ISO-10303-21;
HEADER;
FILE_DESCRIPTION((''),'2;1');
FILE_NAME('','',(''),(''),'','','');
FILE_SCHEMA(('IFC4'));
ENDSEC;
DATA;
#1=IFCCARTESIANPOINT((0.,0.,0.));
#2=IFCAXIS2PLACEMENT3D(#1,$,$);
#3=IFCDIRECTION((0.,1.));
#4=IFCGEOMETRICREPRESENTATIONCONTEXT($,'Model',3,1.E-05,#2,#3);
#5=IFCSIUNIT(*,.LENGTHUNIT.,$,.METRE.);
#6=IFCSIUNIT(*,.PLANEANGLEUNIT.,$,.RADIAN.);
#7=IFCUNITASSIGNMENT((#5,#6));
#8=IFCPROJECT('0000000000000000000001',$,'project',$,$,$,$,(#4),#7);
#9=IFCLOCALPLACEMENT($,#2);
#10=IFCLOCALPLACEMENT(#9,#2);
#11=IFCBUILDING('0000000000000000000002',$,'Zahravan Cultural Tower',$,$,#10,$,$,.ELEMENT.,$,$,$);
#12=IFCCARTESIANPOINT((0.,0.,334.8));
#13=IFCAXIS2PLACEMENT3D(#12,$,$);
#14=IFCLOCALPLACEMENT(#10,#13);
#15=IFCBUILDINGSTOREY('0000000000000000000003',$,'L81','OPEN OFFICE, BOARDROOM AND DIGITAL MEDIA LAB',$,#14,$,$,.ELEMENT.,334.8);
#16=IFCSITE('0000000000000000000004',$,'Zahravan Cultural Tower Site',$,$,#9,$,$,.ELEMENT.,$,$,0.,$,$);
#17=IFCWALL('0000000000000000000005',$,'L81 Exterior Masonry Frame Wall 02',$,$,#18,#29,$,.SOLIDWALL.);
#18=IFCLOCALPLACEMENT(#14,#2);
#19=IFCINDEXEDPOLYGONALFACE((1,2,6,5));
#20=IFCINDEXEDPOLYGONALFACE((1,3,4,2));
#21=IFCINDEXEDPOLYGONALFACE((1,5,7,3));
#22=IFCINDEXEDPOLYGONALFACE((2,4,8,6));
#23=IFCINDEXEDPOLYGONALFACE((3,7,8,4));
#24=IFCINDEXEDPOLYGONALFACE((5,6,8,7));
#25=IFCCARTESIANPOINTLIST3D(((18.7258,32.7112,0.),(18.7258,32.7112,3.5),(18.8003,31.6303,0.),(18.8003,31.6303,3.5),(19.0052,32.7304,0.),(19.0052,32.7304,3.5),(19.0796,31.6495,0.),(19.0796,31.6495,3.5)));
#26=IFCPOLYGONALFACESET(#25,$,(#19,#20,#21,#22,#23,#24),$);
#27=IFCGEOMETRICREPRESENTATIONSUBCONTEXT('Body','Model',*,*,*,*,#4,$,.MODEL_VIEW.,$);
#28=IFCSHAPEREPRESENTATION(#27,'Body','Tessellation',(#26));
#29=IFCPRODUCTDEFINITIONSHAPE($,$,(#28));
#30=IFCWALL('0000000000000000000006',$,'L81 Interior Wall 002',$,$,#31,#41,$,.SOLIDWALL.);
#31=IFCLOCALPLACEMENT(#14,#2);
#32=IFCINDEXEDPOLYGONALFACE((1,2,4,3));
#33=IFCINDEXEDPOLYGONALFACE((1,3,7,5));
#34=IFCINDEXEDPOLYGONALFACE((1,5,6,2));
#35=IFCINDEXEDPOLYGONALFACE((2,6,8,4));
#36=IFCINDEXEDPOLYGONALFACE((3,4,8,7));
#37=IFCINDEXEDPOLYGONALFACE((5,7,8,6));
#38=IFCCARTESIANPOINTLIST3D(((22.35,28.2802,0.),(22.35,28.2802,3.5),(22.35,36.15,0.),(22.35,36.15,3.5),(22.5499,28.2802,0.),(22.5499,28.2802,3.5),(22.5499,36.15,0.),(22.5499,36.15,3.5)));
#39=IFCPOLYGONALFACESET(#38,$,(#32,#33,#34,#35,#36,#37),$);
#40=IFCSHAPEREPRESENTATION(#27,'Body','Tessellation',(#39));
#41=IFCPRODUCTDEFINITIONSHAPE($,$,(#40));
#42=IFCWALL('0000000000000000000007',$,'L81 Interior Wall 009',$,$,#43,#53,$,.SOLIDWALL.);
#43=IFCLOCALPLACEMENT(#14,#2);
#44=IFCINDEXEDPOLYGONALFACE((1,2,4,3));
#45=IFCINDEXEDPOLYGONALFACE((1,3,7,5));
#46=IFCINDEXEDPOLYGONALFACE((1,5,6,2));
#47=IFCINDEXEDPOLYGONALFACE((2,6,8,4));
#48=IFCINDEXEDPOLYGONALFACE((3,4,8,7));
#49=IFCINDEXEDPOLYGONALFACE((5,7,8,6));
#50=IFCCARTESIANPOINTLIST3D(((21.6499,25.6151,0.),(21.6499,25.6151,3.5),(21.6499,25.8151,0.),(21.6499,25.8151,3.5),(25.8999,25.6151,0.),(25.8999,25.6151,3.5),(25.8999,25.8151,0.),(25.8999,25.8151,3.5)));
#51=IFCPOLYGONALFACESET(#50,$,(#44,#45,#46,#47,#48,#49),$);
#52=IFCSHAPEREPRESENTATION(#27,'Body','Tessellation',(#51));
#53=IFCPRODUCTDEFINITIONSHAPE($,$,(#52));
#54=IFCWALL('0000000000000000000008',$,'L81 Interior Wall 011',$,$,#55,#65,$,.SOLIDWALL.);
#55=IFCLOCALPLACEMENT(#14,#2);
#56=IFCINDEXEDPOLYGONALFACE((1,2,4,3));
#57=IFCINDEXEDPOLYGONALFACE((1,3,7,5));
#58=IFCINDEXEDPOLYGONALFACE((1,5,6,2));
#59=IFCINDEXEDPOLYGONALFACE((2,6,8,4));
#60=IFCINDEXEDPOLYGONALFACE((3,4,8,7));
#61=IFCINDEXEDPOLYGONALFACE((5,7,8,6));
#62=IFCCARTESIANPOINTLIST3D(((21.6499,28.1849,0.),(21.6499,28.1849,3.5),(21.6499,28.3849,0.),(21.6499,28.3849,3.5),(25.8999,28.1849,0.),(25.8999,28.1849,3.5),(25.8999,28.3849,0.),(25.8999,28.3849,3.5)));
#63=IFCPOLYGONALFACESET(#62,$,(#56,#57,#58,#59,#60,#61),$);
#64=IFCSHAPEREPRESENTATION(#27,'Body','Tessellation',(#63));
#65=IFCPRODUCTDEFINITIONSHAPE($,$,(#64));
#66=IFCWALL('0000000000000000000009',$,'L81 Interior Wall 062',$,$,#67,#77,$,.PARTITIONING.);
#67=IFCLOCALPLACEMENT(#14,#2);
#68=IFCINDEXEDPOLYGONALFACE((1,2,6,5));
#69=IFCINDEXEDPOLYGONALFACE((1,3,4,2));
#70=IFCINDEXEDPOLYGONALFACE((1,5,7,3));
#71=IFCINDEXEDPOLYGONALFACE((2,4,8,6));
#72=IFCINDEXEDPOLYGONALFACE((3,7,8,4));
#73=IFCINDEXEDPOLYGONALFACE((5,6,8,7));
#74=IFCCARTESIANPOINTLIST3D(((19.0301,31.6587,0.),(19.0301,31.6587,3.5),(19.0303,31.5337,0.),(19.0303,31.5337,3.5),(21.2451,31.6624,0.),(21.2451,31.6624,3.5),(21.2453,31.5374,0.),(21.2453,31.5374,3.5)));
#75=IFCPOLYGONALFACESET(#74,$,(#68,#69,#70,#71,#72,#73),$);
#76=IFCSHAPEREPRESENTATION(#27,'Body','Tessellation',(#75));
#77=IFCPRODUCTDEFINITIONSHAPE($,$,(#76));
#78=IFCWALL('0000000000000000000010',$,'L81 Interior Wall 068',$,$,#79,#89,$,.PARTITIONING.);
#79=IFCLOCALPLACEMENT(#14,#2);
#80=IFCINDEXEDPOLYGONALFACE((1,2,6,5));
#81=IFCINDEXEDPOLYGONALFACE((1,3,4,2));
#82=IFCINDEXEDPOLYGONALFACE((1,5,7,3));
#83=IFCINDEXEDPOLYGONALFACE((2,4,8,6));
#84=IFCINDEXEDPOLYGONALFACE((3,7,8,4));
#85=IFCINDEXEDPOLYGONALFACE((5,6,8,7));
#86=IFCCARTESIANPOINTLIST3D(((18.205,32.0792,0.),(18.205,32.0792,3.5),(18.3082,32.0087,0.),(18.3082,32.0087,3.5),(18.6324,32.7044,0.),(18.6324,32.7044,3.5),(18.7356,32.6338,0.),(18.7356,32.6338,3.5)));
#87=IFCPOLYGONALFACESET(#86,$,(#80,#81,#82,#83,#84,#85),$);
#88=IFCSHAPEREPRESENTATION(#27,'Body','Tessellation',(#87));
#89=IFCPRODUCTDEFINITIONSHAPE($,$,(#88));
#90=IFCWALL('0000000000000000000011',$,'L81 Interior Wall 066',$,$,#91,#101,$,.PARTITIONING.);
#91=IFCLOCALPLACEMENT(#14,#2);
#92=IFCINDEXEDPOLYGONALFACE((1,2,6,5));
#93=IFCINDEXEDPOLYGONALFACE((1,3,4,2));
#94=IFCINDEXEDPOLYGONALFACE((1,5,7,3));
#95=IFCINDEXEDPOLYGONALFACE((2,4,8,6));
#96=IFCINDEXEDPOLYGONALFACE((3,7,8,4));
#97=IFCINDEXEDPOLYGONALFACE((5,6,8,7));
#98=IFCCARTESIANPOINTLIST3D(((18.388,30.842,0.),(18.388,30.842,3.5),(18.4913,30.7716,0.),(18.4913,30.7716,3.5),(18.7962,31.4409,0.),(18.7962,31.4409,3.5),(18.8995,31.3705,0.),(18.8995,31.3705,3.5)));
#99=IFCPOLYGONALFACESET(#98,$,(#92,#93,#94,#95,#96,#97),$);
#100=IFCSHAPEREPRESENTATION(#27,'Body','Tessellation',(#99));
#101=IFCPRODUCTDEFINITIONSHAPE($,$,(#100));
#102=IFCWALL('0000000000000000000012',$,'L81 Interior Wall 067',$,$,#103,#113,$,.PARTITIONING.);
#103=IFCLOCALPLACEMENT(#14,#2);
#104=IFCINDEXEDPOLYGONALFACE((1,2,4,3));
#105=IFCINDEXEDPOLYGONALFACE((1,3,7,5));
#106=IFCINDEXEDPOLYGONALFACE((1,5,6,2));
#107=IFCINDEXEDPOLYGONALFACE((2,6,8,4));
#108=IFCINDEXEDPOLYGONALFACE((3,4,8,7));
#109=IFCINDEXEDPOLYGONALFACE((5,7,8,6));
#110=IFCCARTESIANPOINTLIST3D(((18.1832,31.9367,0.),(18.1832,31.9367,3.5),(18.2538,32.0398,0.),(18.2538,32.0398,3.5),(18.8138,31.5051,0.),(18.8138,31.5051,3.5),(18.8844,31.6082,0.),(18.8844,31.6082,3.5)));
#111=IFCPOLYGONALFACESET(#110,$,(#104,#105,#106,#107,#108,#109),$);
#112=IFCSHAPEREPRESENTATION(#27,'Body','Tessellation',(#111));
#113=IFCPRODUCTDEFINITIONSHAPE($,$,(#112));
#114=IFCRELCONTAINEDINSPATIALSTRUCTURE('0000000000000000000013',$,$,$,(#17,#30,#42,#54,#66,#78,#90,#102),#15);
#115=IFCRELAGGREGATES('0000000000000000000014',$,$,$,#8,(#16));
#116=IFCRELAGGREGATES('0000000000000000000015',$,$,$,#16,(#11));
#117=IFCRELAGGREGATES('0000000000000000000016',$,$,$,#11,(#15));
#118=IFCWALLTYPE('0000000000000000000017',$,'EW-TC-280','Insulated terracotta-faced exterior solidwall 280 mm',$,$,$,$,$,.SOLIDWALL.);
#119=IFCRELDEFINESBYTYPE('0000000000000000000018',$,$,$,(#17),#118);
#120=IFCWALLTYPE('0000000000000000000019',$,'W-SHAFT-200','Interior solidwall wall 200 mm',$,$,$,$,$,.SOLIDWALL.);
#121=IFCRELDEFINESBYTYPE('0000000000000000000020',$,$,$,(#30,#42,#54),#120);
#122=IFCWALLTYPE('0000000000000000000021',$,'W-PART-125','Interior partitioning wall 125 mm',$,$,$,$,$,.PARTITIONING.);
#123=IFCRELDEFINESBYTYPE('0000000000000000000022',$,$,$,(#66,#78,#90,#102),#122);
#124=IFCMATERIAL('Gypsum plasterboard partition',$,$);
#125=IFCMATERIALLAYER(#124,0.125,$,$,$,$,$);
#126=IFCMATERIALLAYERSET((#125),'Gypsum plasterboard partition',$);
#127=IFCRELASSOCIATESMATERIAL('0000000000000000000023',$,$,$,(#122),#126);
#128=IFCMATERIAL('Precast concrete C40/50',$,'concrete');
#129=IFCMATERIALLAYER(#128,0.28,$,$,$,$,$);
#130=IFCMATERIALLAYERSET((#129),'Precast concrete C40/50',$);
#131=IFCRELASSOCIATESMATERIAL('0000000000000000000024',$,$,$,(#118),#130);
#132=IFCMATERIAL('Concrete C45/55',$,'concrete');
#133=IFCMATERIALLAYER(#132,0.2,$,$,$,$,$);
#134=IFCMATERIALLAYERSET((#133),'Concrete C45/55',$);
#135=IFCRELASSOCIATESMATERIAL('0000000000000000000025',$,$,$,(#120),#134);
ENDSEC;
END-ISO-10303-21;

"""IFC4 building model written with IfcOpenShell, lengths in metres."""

from ifc_helpers import new_model, si_unit, direction, frame, frame_2d, origin, place, context, subcontext, project, spatial, rectangle, extrude, source, transform, mapped, material, layer, layer_set, type_object, element, save


model = new_model("IFC4")

# Units and contexts
model_context = context("Model", 3, precision=1e-05, world=origin(), true_north=direction((0.0, 1.0)))
body_context = subcontext(model_context, "Body", "Model", "MODEL_VIEW")
ifc_project = project(units=[si_unit("LENGTHUNIT", "METRE"), si_unit("PLANEANGLEUNIT", "RADIAN")], contexts=[model_context])

# Site, building, storey
site_placement = place(None, origin())
site = spatial("IfcSite", under=ifc_project, at=site_placement, Name="Zahravan Cultural Tower Site", CompositionType="ELEMENT", RefElevation=0.0)
building_placement = place(site_placement, origin())
building = spatial("IfcBuilding", under=site, at=building_placement, Name="Zahravan Cultural Tower", CompositionType="ELEMENT")
storey_placement = place(building_placement, frame((0.0, 0.0, 334.8)))
storey = spatial("IfcBuildingStorey", under=building, at=storey_placement, Name="L81", Description="OPEN OFFICE, BOARDROOM AND DIGITAL MEDIA LAB", CompositionType="ELEMENT", Elevation=334.8)

# Shared definitions
ifc_material_1 = material(Name="Gypsum plasterboard partition")
ifc_layer_1 = layer(ifc_material_1, 0.125)
ifc_layer_set_1 = layer_set([ifc_layer_1], Name="Gypsum plasterboard partition")
wall_type_1 = type_object("IfcWallType", Name="W-PART-125", Description="Interior partitioning wall 125 mm", PredefinedType="PARTITIONING", material=ifc_layer_set_1)

# Walls
ifc_material_2 = material(Name="Precast concrete C40/50", Category="concrete")
ifc_layer_2 = layer(ifc_material_2, 0.28)
ifc_layer_set_2 = layer_set([ifc_layer_2], Name="Precast concrete C40/50")
wall_type_2 = type_object("IfcWallType", Name="EW-TC-280", Description="Insulated terracotta-faced exterior solidwall 280 mm", PredefinedType="SOLIDWALL", material=ifc_layer_set_2)
shared_shape_1 = source(origin(), body_context, "Body", "SweptSolid", [
    extrude(rectangle(XDim=1.0835, YDim=0.28, at=frame_2d((0.5417, 0.0))), origin(), (0.0, 0.0, 1.0), 3.5),
])
wall_1_placement = place(storey_placement, frame((18.9399, 31.6399, 0.0), z_axis=(0.0, 0.0, 1.0), x_axis=(-0.068717, 0.997636, 0.0)))
element("IfcWall", 1, at=wall_1_placement, inside=storey, type_object=wall_type_2, Name="L81 Exterior Masonry Frame Wall 02", PredefinedType="SOLIDWALL", context=body_context, shape_type="MappedRepresentation", body=[
    mapped(shared_shape_1, transform((0.0, 0.0, 0.0), x_axis=(1.0, 0.0, 0.0), y_axis=(0.0, 1.0, 0.0), z_axis=(0.0, 0.0, 1.0), scale=1.0)),
])
ifc_material_3 = material(Name="Concrete C45/55", Category="concrete")
ifc_layer_3 = layer(ifc_material_3, 0.2)
ifc_layer_set_3 = layer_set([ifc_layer_3], Name="Concrete C45/55")
wall_type_3 = type_object("IfcWallType", Name="W-SHAFT-200", Description="Interior solidwall wall 200 mm", PredefinedType="SOLIDWALL", material=ifc_layer_set_3)
shared_shape_2 = source(origin(), body_context, "Body", "SweptSolid", [
    extrude(rectangle(XDim=7.8699, YDim=0.2, at=frame_2d((3.9351, 0.0))), origin(), (0.0, 0.0, 1.0), 3.5),
])
wall_2_placement = place(storey_placement, frame((22.45, 28.28, 0.0), z_axis=(0.0, 0.0, 1.0), x_axis=(0.0, 1.0, 0.0)))
element("IfcWall", 2, at=wall_2_placement, inside=storey, type_object=wall_type_3, Name="L81 Interior Wall 002", PredefinedType="SOLIDWALL", context=body_context, shape_type="MappedRepresentation", body=[
    mapped(shared_shape_2, transform((0.0, 0.0, 0.0), x_axis=(1.0, 0.0, 0.0), y_axis=(0.0, 1.0, 0.0), z_axis=(0.0, 0.0, 1.0), scale=1.0)),
])
shared_shape_3 = source(origin(), body_context, "Body", "SweptSolid", [
    extrude(rectangle(XDim=4.25, YDim=0.2, at=frame_2d((2.125, 0.0))), origin(), (0.0, 0.0, 1.0), 3.5),
])
for number, where, z_axis, x_axis, name in (
    (3, (21.6499, 25.7151, 0.0), (0.0, 0.0, 1.0), (1.0, 0.0, 0.0), "L81 Interior Wall 009"),
    (4, (21.6499, 28.2849, 0.0), (0.0, 0.0, 1.0), (1.0, 0.0, 0.0), "L81 Interior Wall 011"),
):
    element("IfcWall", number, at=place(storey_placement, frame(where, z_axis=z_axis, x_axis=x_axis)), inside=storey, type_object=wall_type_3, Name=name, PredefinedType="SOLIDWALL", context=body_context, shape_type="MappedRepresentation", body=[
        mapped(shared_shape_3, transform((0.0, 0.0, 0.0), x_axis=(1.0, 0.0, 0.0), y_axis=(0.0, 1.0, 0.0), z_axis=(0.0, 0.0, 1.0), scale=1.0)),
    ])
shared_shape_4 = source(origin(), body_context, "Body", "SweptSolid", [
    extrude(rectangle(XDim=2.2151, YDim=0.125, at=frame_2d((1.1074, 0.0))), origin(), (0.0, 0.0, 1.0), 3.5),
])
wall_3_placement = place(storey_placement, frame((21.2451, 31.5999, 0.0), z_axis=(0.0, 0.0, 1.0), x_axis=(-0.999999, -0.001653, 0.0)))
element("IfcWall", 5, at=wall_3_placement, inside=storey, type_object=wall_type_1, Name="L81 Interior Wall 062", PredefinedType="PARTITIONING", context=body_context, shape_type="MappedRepresentation", body=[
    mapped(shared_shape_4, transform((0.0, 0.0, 0.0), x_axis=(1.0, 0.0, 0.0), y_axis=(0.0, 1.0, 0.0), z_axis=(0.0, 0.0, 1.0), scale=1.0)),
])
shared_shape_5 = source(origin(), body_context, "Body", "SweptSolid", [
    extrude(rectangle(XDim=0.7573, YDim=0.125, at=frame_2d((0.3787, 0.0))), origin(), (0.0, 0.0, 1.0), 3.5),
])
wall_4_placement = place(storey_placement, frame((18.2566, 32.0439, 0.0), z_axis=(0.0, 0.0, 1.0), x_axis=(0.564407, 0.825497, 0.0)))
element("IfcWall", 6, at=wall_4_placement, inside=storey, type_object=wall_type_1, Name="L81 Interior Wall 068", PredefinedType="PARTITIONING", context=body_context, shape_type="MappedRepresentation", body=[
    mapped(shared_shape_5, transform((0.0, 0.0, 0.0), x_axis=(1.0, 0.0, 0.0), y_axis=(0.0, 1.0, 0.0), z_axis=(0.0, 0.0, 1.0), scale=1.0)),
])
shared_shape_6 = source(origin(), body_context, "Body", "SweptSolid", [
    extrude(rectangle(XDim=0.7249, YDim=0.125, at=frame_2d((0.3623, 0.0))), origin(), (0.0, 0.0, 1.0), 3.5),
])
wall_5_placement = place(storey_placement, frame((18.4397, 30.8069, 0.0), z_axis=(0.0, 0.0, 1.0), x_axis=(0.563222, 0.826306, 0.0)))
element("IfcWall", 7, at=wall_5_placement, inside=storey, type_object=wall_type_1, Name="L81 Interior Wall 066", PredefinedType="PARTITIONING", context=body_context, shape_type="MappedRepresentation", body=[
    mapped(shared_shape_6, transform((0.0, 0.0, 0.0), x_axis=(1.0, 0.0, 0.0), y_axis=(0.0, 1.0, 0.0), z_axis=(0.0, 0.0, 1.0), scale=1.0)),
])
shared_shape_7 = source(origin(), body_context, "Body", "SweptSolid", [
    extrude(rectangle(XDim=0.7642, YDim=0.125, at=frame_2d((0.3821, 0.0))), origin(), (0.0, 0.0, 1.0), 3.5),
])
wall_6_placement = place(storey_placement, frame((18.8491, 31.5566, 0.0), z_axis=(0.0, 0.0, 1.0), x_axis=(-0.825205, 0.564833, 0.0)))
element("IfcWall", 8, at=wall_6_placement, inside=storey, type_object=wall_type_1, Name="L81 Interior Wall 067", PredefinedType="PARTITIONING", context=body_context, shape_type="MappedRepresentation", body=[
    mapped(shared_shape_7, transform((0.0, 0.0, 0.0), x_axis=(1.0, 0.0, 0.0), y_axis=(0.0, 1.0, 0.0), z_axis=(0.0, 0.0, 1.0), scale=1.0)),
])

save(model, "model.ifc")
